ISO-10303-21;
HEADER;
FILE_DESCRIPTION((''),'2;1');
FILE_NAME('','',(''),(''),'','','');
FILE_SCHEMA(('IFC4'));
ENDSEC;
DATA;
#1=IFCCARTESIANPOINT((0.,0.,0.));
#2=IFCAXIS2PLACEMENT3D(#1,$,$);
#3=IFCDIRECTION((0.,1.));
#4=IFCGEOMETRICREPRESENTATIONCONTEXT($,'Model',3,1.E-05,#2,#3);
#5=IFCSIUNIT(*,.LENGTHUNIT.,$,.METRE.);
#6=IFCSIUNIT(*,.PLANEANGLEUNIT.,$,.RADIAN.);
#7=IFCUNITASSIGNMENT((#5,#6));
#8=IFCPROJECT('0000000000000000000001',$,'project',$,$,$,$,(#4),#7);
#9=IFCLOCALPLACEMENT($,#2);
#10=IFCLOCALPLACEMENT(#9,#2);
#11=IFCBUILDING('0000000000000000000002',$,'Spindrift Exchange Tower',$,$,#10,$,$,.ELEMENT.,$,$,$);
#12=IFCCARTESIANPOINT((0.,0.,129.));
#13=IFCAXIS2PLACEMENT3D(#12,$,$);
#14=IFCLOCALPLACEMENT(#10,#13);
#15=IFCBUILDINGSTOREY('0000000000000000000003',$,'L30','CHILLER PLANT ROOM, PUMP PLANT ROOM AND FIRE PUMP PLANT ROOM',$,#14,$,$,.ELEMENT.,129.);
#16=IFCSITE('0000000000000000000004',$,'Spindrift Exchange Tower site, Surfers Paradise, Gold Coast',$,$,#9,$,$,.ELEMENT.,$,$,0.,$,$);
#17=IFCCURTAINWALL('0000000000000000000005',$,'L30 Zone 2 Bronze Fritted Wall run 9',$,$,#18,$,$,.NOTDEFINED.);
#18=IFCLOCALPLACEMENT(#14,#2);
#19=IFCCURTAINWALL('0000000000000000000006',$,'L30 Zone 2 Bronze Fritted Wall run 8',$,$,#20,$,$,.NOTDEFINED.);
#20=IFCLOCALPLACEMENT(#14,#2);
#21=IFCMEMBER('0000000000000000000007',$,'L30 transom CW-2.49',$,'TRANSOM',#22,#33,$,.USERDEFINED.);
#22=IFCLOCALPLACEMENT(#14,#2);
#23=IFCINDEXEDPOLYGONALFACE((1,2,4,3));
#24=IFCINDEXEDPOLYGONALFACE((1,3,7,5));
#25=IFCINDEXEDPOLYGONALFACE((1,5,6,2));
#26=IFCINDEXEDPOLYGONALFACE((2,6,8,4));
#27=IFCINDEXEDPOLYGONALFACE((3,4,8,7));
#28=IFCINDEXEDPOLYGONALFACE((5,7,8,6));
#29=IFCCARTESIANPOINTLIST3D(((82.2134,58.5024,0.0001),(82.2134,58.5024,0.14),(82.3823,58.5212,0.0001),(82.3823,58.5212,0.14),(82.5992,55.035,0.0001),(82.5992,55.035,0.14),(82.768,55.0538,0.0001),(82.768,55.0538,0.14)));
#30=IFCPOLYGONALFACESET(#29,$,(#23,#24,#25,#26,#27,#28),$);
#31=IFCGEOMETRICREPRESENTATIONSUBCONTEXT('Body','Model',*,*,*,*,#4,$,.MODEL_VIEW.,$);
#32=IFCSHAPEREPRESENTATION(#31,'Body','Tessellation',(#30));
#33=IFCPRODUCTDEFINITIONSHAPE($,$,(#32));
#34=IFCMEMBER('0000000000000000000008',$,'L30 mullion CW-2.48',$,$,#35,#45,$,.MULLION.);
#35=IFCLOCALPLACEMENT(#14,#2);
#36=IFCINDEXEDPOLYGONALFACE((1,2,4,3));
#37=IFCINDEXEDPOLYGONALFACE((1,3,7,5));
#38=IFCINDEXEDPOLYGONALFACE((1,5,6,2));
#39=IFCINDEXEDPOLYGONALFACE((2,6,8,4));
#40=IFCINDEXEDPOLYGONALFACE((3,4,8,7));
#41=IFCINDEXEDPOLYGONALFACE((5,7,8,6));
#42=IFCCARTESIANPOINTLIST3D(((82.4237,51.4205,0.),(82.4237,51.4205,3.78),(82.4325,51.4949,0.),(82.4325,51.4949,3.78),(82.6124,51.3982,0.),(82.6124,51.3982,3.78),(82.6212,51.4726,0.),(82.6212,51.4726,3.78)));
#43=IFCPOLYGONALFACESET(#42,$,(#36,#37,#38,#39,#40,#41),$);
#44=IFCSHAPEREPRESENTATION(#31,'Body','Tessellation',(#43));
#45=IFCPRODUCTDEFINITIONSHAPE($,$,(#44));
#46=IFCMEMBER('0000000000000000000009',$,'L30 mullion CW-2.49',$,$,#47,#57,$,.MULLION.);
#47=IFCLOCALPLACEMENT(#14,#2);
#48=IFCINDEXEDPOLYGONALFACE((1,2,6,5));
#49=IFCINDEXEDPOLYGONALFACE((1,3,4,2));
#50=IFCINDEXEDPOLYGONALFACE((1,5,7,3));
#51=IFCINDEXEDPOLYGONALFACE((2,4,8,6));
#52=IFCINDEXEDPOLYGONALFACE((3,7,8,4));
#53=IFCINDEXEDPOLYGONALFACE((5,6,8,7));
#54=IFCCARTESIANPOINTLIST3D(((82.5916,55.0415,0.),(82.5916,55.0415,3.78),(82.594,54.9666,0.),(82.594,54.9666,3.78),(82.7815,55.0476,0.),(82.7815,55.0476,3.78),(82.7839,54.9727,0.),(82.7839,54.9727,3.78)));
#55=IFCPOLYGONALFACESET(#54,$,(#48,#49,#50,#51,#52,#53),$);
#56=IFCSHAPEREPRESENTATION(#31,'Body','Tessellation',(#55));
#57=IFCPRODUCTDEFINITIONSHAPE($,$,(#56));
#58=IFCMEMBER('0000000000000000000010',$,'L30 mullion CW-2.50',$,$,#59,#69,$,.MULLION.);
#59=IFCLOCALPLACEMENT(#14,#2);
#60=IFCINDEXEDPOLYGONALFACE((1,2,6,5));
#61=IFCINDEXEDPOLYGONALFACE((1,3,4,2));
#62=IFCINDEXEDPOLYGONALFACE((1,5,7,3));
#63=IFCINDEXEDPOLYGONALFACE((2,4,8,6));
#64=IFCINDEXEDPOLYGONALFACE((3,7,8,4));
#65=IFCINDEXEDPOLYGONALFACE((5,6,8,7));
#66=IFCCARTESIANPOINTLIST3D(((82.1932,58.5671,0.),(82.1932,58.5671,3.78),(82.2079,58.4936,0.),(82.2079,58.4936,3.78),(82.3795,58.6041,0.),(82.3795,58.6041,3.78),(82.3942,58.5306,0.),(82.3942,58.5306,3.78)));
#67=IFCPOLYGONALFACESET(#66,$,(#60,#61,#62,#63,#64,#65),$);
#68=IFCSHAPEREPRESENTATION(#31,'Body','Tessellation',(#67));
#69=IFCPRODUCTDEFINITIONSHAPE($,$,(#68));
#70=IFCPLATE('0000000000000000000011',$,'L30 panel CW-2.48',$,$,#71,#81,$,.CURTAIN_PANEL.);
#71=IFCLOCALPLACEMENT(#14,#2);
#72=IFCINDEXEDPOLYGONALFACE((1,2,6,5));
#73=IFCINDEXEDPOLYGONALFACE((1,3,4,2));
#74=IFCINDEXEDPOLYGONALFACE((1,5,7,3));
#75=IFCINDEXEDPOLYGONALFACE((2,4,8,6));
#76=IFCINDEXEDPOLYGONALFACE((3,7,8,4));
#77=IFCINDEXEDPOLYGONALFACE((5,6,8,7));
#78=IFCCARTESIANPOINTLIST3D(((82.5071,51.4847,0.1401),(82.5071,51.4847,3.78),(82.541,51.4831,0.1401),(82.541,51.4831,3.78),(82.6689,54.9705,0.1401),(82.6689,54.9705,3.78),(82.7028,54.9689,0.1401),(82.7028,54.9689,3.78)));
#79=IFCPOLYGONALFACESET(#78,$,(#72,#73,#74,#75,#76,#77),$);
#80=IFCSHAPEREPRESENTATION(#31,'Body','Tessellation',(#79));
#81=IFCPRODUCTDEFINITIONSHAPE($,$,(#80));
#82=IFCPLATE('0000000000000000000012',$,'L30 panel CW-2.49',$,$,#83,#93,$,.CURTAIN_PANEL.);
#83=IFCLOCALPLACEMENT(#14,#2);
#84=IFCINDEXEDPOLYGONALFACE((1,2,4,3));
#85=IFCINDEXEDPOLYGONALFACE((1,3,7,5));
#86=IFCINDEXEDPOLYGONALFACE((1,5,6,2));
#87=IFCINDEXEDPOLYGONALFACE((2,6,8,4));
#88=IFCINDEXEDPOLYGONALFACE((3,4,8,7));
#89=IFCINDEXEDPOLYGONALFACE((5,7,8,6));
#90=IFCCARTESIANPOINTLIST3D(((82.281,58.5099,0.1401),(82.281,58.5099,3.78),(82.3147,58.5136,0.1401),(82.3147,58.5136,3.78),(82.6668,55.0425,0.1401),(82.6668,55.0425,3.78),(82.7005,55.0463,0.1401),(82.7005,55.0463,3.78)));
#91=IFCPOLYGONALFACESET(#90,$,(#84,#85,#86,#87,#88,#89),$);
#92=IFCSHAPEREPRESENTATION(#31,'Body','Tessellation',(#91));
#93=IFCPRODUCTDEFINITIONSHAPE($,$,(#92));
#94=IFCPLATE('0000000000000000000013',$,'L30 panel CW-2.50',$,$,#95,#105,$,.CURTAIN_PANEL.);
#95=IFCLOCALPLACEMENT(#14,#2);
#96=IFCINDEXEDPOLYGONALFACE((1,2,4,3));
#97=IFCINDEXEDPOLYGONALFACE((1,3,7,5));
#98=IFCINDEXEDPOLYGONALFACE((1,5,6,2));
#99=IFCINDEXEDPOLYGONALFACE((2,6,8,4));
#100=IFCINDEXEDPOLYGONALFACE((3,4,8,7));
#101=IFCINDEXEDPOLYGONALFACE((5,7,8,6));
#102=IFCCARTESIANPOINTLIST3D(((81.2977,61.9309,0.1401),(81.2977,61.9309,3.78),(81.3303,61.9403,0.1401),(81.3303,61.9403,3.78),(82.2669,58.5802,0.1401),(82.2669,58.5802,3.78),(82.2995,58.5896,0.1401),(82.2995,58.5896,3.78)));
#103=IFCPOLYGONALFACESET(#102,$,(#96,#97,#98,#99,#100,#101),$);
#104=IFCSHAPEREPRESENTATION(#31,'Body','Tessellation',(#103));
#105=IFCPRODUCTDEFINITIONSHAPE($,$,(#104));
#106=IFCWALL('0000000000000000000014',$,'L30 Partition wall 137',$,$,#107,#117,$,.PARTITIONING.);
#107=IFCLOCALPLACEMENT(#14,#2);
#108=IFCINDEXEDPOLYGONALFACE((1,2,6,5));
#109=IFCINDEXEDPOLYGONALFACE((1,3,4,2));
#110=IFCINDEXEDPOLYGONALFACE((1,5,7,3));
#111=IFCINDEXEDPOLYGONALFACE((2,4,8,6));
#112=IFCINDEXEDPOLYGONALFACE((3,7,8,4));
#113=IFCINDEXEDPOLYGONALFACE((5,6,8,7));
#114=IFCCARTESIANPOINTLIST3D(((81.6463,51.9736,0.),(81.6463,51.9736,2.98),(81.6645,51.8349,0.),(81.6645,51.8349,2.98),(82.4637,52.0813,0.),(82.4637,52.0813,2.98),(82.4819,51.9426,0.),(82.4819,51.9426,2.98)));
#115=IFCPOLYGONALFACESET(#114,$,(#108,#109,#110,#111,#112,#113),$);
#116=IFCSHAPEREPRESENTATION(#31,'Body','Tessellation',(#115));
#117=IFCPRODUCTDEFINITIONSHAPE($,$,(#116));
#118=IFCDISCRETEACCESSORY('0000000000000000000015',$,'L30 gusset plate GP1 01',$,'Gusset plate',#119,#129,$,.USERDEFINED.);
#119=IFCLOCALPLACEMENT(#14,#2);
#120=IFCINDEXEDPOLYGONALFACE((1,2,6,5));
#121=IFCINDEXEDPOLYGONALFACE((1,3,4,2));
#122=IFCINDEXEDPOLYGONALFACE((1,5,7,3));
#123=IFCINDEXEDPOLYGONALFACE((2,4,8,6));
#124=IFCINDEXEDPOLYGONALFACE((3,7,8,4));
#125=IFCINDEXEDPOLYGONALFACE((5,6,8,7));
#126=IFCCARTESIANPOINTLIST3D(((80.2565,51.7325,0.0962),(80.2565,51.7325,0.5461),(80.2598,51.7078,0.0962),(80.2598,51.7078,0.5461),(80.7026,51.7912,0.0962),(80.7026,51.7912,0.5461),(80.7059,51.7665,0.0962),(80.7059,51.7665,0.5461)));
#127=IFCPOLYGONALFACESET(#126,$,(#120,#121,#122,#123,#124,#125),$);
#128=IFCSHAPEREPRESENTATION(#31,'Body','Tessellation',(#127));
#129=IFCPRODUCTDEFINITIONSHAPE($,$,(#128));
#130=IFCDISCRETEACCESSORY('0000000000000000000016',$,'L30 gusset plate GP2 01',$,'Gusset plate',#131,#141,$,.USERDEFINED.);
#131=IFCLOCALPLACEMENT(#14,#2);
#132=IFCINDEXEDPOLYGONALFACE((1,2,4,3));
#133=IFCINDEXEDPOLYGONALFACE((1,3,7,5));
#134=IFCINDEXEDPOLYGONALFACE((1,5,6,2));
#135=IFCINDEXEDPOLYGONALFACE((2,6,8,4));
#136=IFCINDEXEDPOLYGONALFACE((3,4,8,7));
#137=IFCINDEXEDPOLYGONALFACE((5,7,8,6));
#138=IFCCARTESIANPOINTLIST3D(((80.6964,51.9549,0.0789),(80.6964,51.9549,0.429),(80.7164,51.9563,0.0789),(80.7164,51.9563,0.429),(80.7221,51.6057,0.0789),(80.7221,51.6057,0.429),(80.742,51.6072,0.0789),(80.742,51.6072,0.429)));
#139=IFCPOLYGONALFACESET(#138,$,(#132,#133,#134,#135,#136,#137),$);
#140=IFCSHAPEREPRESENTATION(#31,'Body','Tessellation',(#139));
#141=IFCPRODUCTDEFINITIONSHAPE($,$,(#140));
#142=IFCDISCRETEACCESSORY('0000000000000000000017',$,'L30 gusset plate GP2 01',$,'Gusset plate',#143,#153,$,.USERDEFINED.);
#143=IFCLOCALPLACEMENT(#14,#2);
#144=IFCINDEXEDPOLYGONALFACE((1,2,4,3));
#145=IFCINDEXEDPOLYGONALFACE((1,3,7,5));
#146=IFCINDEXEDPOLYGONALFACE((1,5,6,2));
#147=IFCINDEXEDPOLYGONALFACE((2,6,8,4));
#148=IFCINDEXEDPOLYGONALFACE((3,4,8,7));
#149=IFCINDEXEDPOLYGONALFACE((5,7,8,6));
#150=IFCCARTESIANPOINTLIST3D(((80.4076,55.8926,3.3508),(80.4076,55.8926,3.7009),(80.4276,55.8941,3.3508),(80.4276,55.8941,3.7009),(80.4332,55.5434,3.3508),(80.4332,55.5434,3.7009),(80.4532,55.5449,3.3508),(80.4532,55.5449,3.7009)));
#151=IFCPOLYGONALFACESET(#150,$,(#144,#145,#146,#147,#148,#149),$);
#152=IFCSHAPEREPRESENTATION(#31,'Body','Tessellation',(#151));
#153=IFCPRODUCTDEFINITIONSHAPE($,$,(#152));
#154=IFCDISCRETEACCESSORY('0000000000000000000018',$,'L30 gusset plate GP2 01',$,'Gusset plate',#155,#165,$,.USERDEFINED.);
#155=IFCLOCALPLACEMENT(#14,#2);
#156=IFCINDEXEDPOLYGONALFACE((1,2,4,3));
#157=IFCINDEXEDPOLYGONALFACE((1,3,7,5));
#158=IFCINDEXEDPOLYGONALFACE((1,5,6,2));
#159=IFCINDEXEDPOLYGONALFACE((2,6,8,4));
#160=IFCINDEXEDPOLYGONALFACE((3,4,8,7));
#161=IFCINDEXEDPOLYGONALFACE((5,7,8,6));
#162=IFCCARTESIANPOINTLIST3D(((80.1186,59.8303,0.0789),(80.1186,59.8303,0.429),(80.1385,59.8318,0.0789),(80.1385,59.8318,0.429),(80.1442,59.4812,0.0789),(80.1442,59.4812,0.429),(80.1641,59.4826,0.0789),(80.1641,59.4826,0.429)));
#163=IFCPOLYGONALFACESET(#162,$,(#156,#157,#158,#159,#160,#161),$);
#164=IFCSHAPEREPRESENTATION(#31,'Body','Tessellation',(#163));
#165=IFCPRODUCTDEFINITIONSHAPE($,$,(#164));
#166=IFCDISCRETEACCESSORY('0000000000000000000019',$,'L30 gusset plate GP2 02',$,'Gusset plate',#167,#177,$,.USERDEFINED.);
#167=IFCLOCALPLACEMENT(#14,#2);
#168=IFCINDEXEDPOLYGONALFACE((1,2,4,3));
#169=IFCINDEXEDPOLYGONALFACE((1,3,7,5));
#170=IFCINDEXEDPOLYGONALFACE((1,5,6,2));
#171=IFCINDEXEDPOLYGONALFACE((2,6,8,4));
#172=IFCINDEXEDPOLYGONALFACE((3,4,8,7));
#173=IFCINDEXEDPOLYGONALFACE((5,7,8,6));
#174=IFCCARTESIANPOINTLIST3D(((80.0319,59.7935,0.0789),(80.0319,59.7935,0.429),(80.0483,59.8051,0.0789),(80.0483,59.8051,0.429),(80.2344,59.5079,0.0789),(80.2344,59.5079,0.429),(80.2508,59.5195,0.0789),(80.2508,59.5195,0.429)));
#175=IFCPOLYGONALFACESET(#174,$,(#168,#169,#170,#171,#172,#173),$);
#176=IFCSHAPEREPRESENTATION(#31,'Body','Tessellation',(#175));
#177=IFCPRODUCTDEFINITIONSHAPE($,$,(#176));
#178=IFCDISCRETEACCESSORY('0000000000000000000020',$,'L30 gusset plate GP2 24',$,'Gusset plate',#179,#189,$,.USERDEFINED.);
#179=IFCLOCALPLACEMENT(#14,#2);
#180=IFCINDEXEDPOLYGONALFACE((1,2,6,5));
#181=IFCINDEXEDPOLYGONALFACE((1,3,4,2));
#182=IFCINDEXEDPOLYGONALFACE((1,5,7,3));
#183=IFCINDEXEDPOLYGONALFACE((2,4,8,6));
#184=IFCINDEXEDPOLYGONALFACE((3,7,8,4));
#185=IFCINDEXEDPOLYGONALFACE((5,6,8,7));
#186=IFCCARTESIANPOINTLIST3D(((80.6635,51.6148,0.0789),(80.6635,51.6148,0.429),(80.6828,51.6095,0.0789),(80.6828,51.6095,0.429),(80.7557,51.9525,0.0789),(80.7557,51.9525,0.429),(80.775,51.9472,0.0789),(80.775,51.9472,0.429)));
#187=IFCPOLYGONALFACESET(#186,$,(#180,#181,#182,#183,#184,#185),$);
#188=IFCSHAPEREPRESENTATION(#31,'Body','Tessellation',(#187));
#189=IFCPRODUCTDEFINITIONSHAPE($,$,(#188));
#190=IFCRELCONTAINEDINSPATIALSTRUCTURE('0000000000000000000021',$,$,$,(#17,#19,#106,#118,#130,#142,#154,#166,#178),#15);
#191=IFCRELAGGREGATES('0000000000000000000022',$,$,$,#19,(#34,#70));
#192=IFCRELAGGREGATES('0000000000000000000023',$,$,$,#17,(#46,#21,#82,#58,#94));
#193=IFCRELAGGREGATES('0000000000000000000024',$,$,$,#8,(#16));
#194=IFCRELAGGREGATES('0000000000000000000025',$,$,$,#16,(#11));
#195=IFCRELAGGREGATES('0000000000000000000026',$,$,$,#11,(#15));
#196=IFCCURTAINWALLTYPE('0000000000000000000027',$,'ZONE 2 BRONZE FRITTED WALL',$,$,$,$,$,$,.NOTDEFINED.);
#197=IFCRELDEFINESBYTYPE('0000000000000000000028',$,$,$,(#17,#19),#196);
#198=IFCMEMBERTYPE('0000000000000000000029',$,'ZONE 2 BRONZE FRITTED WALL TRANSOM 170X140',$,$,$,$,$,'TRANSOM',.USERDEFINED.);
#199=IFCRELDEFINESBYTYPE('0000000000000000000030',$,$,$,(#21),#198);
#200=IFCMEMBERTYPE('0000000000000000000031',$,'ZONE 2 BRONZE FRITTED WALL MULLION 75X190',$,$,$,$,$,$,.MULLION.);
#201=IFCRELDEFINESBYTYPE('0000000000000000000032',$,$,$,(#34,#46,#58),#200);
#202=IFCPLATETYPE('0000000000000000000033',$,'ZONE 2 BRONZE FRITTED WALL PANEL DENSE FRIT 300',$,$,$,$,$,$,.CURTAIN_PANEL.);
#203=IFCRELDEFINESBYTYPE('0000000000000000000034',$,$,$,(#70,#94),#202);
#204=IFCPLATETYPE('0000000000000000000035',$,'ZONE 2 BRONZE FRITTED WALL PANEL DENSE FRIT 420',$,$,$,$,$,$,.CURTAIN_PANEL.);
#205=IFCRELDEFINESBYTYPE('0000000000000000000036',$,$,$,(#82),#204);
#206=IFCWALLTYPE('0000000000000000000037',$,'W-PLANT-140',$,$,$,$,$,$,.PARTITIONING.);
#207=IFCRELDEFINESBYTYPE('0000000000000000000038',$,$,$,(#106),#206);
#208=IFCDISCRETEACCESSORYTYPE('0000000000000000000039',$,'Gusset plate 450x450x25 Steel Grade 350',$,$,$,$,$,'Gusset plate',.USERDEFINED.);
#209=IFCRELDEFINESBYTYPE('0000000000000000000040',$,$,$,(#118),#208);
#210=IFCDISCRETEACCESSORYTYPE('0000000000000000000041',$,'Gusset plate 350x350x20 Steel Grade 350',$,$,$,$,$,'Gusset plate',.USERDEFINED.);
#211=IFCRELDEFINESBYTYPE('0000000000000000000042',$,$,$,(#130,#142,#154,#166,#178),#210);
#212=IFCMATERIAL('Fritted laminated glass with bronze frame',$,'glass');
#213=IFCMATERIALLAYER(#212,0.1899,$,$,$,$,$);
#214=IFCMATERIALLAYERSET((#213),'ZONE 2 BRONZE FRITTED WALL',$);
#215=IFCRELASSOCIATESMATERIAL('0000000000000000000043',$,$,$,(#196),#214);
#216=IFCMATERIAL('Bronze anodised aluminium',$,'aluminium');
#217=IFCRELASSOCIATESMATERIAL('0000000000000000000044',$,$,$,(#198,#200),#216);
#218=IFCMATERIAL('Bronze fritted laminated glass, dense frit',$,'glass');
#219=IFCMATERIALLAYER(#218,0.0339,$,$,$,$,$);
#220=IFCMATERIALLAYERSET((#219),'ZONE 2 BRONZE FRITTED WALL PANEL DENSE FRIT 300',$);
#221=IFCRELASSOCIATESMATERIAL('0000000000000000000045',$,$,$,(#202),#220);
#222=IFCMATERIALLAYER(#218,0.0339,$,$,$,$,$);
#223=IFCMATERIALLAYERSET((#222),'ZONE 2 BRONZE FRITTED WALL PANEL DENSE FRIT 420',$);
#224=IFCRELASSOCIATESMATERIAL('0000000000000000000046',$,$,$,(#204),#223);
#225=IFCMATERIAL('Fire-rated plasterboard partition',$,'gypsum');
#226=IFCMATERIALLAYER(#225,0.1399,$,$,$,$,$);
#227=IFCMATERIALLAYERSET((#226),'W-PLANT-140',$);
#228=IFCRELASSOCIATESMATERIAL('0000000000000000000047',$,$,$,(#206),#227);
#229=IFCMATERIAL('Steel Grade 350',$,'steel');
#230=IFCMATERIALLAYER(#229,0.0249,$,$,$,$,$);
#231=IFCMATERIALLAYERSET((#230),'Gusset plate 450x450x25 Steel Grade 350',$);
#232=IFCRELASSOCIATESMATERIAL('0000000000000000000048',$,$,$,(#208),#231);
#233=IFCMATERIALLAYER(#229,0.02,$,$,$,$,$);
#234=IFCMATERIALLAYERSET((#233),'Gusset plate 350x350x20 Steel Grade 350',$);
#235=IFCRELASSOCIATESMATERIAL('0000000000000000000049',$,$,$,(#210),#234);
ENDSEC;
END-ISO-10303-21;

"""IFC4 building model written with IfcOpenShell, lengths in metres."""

from ifc_helpers import new_model, si_unit, direction, frame, frame_2d, origin, origin_2d, place, context, subcontext, project, spatial, rectangle, extrude, source, transform, mapped, material, layer, layer_set, material_profile, profile_set, type_object, element, aggregate, save


model = new_model("IFC4")

# Units and contexts
model_context = context("Model", 3, precision=1e-05, world=origin(), true_north=direction((0.0, 1.0)))
body_context = subcontext(model_context, "Body", "Model", "MODEL_VIEW")
ifc_project = project(units=[si_unit("LENGTHUNIT", "METRE"), si_unit("PLANEANGLEUNIT", "RADIAN")], contexts=[model_context])

# Site, building, storey
site_placement = place(None, origin())
site = spatial("IfcSite", under=ifc_project, at=site_placement, Name="Spindrift Exchange Tower site, Surfers Paradise, Gold Coast", CompositionType="ELEMENT", RefElevation=0.0)
building_placement = place(site_placement, origin())
building = spatial("IfcBuilding", under=site, at=building_placement, Name="Spindrift Exchange Tower", CompositionType="ELEMENT")
storey_placement = place(building_placement, frame((0.0, 0.0, 129.0)))
storey = spatial("IfcBuildingStorey", under=building, at=storey_placement, Name="L30", Description="CHILLER PLANT ROOM, PUMP PLANT ROOM AND FIRE PUMP PLANT ROOM", CompositionType="ELEMENT", Elevation=129.0)

# Shared definitions
ifc_material_1 = material(Name="Steel Grade 350", Category="steel")

# Curtain walls
ifc_material_2 = material(Name="Fritted laminated glass with bronze frame", Category="glass")
ifc_layer_1 = layer(ifc_material_2, 0.1899)
ifc_layer_set_1 = layer_set([ifc_layer_1], Name="ZONE 2 BRONZE FRITTED WALL")
curtain_wall_type = type_object("IfcCurtainWallType", Name="ZONE 2 BRONZE FRITTED WALL", PredefinedType="NOTDEFINED", material=ifc_layer_set_1)
curtain_wall_1_placement = place(storey_placement, origin())
curtain_wall_1 = element("IfcCurtainWall", 1, at=curtain_wall_1_placement, inside=storey, type_object=curtain_wall_type, Name="L30 Zone 2 Bronze Fritted Wall run 9", PredefinedType="NOTDEFINED")
ifc_material_3 = material(Name="Bronze anodised aluminium", Category="aluminium")
ifc_material_profile_1 = material_profile(ifc_material_3, rectangle(XDim=0.1699, YDim=0.1399, at=origin_2d()), Name="ZONE 2 BRONZE FRITTED WALL TRANSOM 170X140")
ifc_profile_set_1 = profile_set([ifc_material_profile_1], Name="Bronze anodised aluminium")
member_type_1 = type_object("IfcMemberType", Name="ZONE 2 BRONZE FRITTED WALL TRANSOM 170X140", ElementType="TRANSOM", PredefinedType="USERDEFINED", material=ifc_profile_set_1)
curtain_wall_2_placement = place(storey_placement, origin())
curtain_wall_2 = element("IfcCurtainWall", 2, at=curtain_wall_2_placement, inside=storey, type_object=curtain_wall_type, Name="L30 Zone 2 Bronze Fritted Wall run 8", PredefinedType="NOTDEFINED")

# Members
shared_shape_1 = source(origin(), body_context, "Body", "SweptSolid", [
    extrude(rectangle(XDim=0.1699, YDim=0.1399, at=origin_2d()), origin(), (0.0, 0.0, 1.0), 3.4888),
])
member_1_placement = place(storey_placement, frame((82.6836, 55.0444, 0.0701), z_axis=(-0.11057, 0.993868, 0.0), x_axis=(-0.993868, -0.11057, 0.0)))
member_1 = element("IfcMember", 3, at=member_1_placement, type_object=member_type_1, Name="L30 transom CW-2.49", ObjectType="TRANSOM", PredefinedType="USERDEFINED", context=body_context, shape_type="MappedRepresentation", body=[
    mapped(shared_shape_1, transform((0.0, 0.0, 0.0), scale=1.0)),
])
ifc_material_profile_2 = material_profile(ifc_material_3, rectangle(XDim=0.075, YDim=0.1899, at=origin_2d()), Name="ZONE 2 BRONZE FRITTED WALL MULLION 75X190")
ifc_profile_set_2 = profile_set([ifc_material_profile_2], Name="Bronze anodised aluminium")
member_type_2 = type_object("IfcMemberType", Name="ZONE 2 BRONZE FRITTED WALL MULLION 75X190", PredefinedType="MULLION", material=ifc_profile_set_2)
shared_shape_2 = source(origin(), body_context, "Body", "SweptSolid", [
    extrude(rectangle(XDim=0.075, YDim=0.1899, at=origin_2d()), origin(), (0.0, 0.0, 1.0), 3.78),
])
member_2_placement = place(storey_placement, frame((82.5225, 51.4465, 0.0), z_axis=(0.0, 0.0, 1.0), x_axis=(0.117468, 0.993077, 0.0)))
member_2 = element("IfcMember", 4, at=member_2_placement, type_object=member_type_2, Name="L30 mullion CW-2.48", PredefinedType="MULLION", context=body_context, shape_type="MappedRepresentation", body=[
    mapped(shared_shape_2, transform((0.0, 0.0, 0.0), scale=1.0)),
])
member_3_placement = place(storey_placement, frame((82.6877, 55.0071, 0.0), z_axis=(0.0, 0.0, 1.0), x_axis=(-0.032206, 0.999481, 0.0)))
member_3 = element("IfcMember", 5, at=member_3_placement, type_object=member_type_2, Name="L30 mullion CW-2.49", PredefinedType="MULLION", context=body_context, shape_type="MappedRepresentation", body=[
    mapped(shared_shape_2, transform((0.0, 0.0, 0.0), scale=1.0)),
])
member_4_placement = place(storey_placement, frame((82.2937, 58.5488, 0.0), z_axis=(0.0, 0.0, 1.0), x_axis=(-0.194941, 0.980815, 0.0)))
member_4 = element("IfcMember", 6, at=member_4_placement, type_object=member_type_2, Name="L30 mullion CW-2.50", PredefinedType="MULLION", context=body_context, shape_type="MappedRepresentation", body=[
    mapped(shared_shape_2, transform((0.0, 0.0, 0.0), scale=1.0)),
])

# Plates
ifc_material_4 = material(Name="Bronze fritted laminated glass, dense frit", Category="glass")
ifc_layer_2 = layer(ifc_material_4, 0.0339)
ifc_layer_set_2 = layer_set([ifc_layer_2], Name="ZONE 2 BRONZE FRITTED WALL PANEL DENSE FRIT 300")
plate_type_1 = type_object("IfcPlateType", Name="ZONE 2 BRONZE FRITTED WALL PANEL DENSE FRIT 300", PredefinedType="CURTAIN_PANEL", material=ifc_layer_set_2)
shared_shape_3 = source(origin(), body_context, "Body", "SweptSolid", [
    extrude(rectangle(XDim=3.4895, YDim=0.0339, at=origin_2d()), origin(), (0.0, 0.0, 1.0), 3.6399),
])
plate_1_placement = place(storey_placement, frame((82.605, 53.2268, 0.1401), z_axis=(0.0, 0.0, 1.0), x_axis=(0.046374, 0.998924, 0.0)))
plate_1 = element("IfcPlate", 7, at=plate_1_placement, type_object=plate_type_1, Name="L30 panel CW-2.48", PredefinedType="CURTAIN_PANEL", context=body_context, shape_type="MappedRepresentation", body=[
    mapped(shared_shape_3, transform((0.0, 0.0, 0.0), scale=1.0)),
])
aggregate(curtain_wall_2, [member_2, plate_1])
ifc_layer_3 = layer(ifc_material_4, 0.0339)
ifc_layer_set_3 = layer_set([ifc_layer_3], Name="ZONE 2 BRONZE FRITTED WALL PANEL DENSE FRIT 420")
plate_type_2 = type_object("IfcPlateType", Name="ZONE 2 BRONZE FRITTED WALL PANEL DENSE FRIT 420", PredefinedType="CURTAIN_PANEL", material=ifc_layer_set_3)
shared_shape_4 = source(origin(), body_context, "Body", "SweptSolid", [
    extrude(rectangle(XDim=3.4888, YDim=0.0339, at=origin_2d()), origin(), (0.0, 0.0, 1.0), 3.6399),
])
plate_2_placement = place(storey_placement, frame((82.4907, 56.7781, 0.1401), z_axis=(0.0, 0.0, 1.0), x_axis=(-0.110588, 0.993866, 0.0)))
plate_2 = element("IfcPlate", 8, at=plate_2_placement, type_object=plate_type_2, Name="L30 panel CW-2.49", PredefinedType="CURTAIN_PANEL", context=body_context, shape_type="MappedRepresentation", body=[
    mapped(shared_shape_4, transform((0.0, 0.0, 0.0), scale=1.0)),
])
shared_shape_5 = source(origin(), body_context, "Body", "SweptSolid", [
    extrude(rectangle(XDim=3.488, YDim=0.0339, at=origin_2d()), origin(), (0.0, 0.0, 1.0), 3.6399),
])
plate_3_placement = place(storey_placement, frame((81.7986, 60.2603, 0.1401), z_axis=(0.0, 0.0, 1.0), x_axis=(-0.277875, 0.960617, 0.0)))
plate_3 = element("IfcPlate", 9, at=plate_3_placement, type_object=plate_type_1, Name="L30 panel CW-2.50", PredefinedType="CURTAIN_PANEL", context=body_context, shape_type="MappedRepresentation", body=[
    mapped(shared_shape_5, transform((0.0, 0.0, 0.0), scale=1.0)),
])
aggregate(curtain_wall_1, [member_3, member_1, plate_2, member_4, plate_3])

# Wall
ifc_material_5 = material(Name="Fire-rated plasterboard partition", Category="gypsum")
ifc_layer_4 = layer(ifc_material_5, 0.1399)
ifc_layer_set_4 = layer_set([ifc_layer_4], Name="W-PLANT-140")
wall_type = type_object("IfcWallType", Name="W-PLANT-140", PredefinedType="PARTITIONING", material=ifc_layer_set_4)
wall_placement = place(storey_placement, frame((81.6555, 51.9043, 0.0), z_axis=(0.0, 0.0, 1.0), x_axis=(0.991436, 0.130592, 0.0)))
element("IfcWall", 10, at=wall_placement, inside=storey, type_object=wall_type, Name="L30 Partition wall 137", PredefinedType="PARTITIONING", context=body_context, shape_type="SweptSolid", body=[
    extrude(rectangle(XDim=0.8245, YDim=0.1399, at=frame_2d((0.4121, 0.0))), origin(), (0.0, 0.0, 1.0), 2.98),
])

# Discrete accessories
ifc_layer_5 = layer(ifc_material_1, 0.0249)
ifc_layer_set_5 = layer_set([ifc_layer_5], Name="Gusset plate 450x450x25 Steel Grade 350")
discrete_accessory_type_1 = type_object("IfcDiscreteAccessoryType", Name="Gusset plate 450x450x25 Steel Grade 350", ElementType="Gusset plate", PredefinedType="USERDEFINED", material=ifc_layer_set_5)
shared_shape_6 = source(origin(), body_context, "Body", "SweptSolid", [
    extrude(rectangle(XDim=0.45, YDim=0.0249, at=origin_2d()), origin(), (0.0, 0.0, 1.0), 0.45),
])
discrete_accessory_placement = place(storey_placement, frame((80.4812, 51.7495, 0.0962), z_axis=(0.0, 0.0, 1.0), x_axis=(0.991446, 0.130514, 0.0)))
element("IfcDiscreteAccessory", 11, at=discrete_accessory_placement, inside=storey, type_object=discrete_accessory_type_1, Name="L30 gusset plate GP1 01", ObjectType="Gusset plate", PredefinedType="USERDEFINED", context=body_context, shape_type="MappedRepresentation", body=[
    mapped(shared_shape_6, transform((0.0, 0.0, 0.0), scale=1.0)),
])
ifc_layer_6 = layer(ifc_material_1, 0.02)
ifc_layer_set_6 = layer_set([ifc_layer_6], Name="Gusset plate 350x350x20 Steel Grade 350")
discrete_accessory_type_2 = type_object("IfcDiscreteAccessoryType", Name="Gusset plate 350x350x20 Steel Grade 350", ElementType="Gusset plate", PredefinedType="USERDEFINED", material=ifc_layer_set_6)
shared_shape_7 = source(origin(), body_context, "Body", "SweptSolid", [
    extrude(rectangle(XDim=0.3501, YDim=0.02, at=origin_2d()), origin(), (0.0, 0.0, 1.0), 0.3501),
])
for number, where, z_axis, x_axis, name in (
    (12, (80.7192, 51.781, 0.0789), (0.0, 0.0, 1.0), (-0.073169, 0.99732, 0.0), "L30 gusset plate GP2 01"),
    (13, (80.4304, 55.7188, 3.3508), (0.0, 0.0, 1.0), (-0.073169, 0.99732, 0.0), "L30 gusset plate GP2 01"),
    (14, (80.1414, 59.6565, 0.0789), (0.0, 0.0, 1.0), (-0.073169, 0.99732, 0.0), "L30 gusset plate GP2 01"),
    (15, (80.1414, 59.6565, 0.0789), (0.0, 0.0, 1.0), (-0.578369, 0.815775, 0.0), "L30 gusset plate GP2 02"),
    (16, (80.7192, 51.781, 0.0789), (0.0, 0.0, 1.0), (0.26324, 0.96473, 0.0), "L30 gusset plate GP2 24"),
):
    element("IfcDiscreteAccessory", number, at=place(storey_placement, frame(where, z_axis=z_axis, x_axis=x_axis)), inside=storey, type_object=discrete_accessory_type_2, Name=name, ObjectType="Gusset plate", PredefinedType="USERDEFINED", context=body_context, shape_type="MappedRepresentation", body=[
        mapped(shared_shape_7, transform((0.0, 0.0, 0.0), scale=1.0)),
    ])

save(model, "model.ifc")
